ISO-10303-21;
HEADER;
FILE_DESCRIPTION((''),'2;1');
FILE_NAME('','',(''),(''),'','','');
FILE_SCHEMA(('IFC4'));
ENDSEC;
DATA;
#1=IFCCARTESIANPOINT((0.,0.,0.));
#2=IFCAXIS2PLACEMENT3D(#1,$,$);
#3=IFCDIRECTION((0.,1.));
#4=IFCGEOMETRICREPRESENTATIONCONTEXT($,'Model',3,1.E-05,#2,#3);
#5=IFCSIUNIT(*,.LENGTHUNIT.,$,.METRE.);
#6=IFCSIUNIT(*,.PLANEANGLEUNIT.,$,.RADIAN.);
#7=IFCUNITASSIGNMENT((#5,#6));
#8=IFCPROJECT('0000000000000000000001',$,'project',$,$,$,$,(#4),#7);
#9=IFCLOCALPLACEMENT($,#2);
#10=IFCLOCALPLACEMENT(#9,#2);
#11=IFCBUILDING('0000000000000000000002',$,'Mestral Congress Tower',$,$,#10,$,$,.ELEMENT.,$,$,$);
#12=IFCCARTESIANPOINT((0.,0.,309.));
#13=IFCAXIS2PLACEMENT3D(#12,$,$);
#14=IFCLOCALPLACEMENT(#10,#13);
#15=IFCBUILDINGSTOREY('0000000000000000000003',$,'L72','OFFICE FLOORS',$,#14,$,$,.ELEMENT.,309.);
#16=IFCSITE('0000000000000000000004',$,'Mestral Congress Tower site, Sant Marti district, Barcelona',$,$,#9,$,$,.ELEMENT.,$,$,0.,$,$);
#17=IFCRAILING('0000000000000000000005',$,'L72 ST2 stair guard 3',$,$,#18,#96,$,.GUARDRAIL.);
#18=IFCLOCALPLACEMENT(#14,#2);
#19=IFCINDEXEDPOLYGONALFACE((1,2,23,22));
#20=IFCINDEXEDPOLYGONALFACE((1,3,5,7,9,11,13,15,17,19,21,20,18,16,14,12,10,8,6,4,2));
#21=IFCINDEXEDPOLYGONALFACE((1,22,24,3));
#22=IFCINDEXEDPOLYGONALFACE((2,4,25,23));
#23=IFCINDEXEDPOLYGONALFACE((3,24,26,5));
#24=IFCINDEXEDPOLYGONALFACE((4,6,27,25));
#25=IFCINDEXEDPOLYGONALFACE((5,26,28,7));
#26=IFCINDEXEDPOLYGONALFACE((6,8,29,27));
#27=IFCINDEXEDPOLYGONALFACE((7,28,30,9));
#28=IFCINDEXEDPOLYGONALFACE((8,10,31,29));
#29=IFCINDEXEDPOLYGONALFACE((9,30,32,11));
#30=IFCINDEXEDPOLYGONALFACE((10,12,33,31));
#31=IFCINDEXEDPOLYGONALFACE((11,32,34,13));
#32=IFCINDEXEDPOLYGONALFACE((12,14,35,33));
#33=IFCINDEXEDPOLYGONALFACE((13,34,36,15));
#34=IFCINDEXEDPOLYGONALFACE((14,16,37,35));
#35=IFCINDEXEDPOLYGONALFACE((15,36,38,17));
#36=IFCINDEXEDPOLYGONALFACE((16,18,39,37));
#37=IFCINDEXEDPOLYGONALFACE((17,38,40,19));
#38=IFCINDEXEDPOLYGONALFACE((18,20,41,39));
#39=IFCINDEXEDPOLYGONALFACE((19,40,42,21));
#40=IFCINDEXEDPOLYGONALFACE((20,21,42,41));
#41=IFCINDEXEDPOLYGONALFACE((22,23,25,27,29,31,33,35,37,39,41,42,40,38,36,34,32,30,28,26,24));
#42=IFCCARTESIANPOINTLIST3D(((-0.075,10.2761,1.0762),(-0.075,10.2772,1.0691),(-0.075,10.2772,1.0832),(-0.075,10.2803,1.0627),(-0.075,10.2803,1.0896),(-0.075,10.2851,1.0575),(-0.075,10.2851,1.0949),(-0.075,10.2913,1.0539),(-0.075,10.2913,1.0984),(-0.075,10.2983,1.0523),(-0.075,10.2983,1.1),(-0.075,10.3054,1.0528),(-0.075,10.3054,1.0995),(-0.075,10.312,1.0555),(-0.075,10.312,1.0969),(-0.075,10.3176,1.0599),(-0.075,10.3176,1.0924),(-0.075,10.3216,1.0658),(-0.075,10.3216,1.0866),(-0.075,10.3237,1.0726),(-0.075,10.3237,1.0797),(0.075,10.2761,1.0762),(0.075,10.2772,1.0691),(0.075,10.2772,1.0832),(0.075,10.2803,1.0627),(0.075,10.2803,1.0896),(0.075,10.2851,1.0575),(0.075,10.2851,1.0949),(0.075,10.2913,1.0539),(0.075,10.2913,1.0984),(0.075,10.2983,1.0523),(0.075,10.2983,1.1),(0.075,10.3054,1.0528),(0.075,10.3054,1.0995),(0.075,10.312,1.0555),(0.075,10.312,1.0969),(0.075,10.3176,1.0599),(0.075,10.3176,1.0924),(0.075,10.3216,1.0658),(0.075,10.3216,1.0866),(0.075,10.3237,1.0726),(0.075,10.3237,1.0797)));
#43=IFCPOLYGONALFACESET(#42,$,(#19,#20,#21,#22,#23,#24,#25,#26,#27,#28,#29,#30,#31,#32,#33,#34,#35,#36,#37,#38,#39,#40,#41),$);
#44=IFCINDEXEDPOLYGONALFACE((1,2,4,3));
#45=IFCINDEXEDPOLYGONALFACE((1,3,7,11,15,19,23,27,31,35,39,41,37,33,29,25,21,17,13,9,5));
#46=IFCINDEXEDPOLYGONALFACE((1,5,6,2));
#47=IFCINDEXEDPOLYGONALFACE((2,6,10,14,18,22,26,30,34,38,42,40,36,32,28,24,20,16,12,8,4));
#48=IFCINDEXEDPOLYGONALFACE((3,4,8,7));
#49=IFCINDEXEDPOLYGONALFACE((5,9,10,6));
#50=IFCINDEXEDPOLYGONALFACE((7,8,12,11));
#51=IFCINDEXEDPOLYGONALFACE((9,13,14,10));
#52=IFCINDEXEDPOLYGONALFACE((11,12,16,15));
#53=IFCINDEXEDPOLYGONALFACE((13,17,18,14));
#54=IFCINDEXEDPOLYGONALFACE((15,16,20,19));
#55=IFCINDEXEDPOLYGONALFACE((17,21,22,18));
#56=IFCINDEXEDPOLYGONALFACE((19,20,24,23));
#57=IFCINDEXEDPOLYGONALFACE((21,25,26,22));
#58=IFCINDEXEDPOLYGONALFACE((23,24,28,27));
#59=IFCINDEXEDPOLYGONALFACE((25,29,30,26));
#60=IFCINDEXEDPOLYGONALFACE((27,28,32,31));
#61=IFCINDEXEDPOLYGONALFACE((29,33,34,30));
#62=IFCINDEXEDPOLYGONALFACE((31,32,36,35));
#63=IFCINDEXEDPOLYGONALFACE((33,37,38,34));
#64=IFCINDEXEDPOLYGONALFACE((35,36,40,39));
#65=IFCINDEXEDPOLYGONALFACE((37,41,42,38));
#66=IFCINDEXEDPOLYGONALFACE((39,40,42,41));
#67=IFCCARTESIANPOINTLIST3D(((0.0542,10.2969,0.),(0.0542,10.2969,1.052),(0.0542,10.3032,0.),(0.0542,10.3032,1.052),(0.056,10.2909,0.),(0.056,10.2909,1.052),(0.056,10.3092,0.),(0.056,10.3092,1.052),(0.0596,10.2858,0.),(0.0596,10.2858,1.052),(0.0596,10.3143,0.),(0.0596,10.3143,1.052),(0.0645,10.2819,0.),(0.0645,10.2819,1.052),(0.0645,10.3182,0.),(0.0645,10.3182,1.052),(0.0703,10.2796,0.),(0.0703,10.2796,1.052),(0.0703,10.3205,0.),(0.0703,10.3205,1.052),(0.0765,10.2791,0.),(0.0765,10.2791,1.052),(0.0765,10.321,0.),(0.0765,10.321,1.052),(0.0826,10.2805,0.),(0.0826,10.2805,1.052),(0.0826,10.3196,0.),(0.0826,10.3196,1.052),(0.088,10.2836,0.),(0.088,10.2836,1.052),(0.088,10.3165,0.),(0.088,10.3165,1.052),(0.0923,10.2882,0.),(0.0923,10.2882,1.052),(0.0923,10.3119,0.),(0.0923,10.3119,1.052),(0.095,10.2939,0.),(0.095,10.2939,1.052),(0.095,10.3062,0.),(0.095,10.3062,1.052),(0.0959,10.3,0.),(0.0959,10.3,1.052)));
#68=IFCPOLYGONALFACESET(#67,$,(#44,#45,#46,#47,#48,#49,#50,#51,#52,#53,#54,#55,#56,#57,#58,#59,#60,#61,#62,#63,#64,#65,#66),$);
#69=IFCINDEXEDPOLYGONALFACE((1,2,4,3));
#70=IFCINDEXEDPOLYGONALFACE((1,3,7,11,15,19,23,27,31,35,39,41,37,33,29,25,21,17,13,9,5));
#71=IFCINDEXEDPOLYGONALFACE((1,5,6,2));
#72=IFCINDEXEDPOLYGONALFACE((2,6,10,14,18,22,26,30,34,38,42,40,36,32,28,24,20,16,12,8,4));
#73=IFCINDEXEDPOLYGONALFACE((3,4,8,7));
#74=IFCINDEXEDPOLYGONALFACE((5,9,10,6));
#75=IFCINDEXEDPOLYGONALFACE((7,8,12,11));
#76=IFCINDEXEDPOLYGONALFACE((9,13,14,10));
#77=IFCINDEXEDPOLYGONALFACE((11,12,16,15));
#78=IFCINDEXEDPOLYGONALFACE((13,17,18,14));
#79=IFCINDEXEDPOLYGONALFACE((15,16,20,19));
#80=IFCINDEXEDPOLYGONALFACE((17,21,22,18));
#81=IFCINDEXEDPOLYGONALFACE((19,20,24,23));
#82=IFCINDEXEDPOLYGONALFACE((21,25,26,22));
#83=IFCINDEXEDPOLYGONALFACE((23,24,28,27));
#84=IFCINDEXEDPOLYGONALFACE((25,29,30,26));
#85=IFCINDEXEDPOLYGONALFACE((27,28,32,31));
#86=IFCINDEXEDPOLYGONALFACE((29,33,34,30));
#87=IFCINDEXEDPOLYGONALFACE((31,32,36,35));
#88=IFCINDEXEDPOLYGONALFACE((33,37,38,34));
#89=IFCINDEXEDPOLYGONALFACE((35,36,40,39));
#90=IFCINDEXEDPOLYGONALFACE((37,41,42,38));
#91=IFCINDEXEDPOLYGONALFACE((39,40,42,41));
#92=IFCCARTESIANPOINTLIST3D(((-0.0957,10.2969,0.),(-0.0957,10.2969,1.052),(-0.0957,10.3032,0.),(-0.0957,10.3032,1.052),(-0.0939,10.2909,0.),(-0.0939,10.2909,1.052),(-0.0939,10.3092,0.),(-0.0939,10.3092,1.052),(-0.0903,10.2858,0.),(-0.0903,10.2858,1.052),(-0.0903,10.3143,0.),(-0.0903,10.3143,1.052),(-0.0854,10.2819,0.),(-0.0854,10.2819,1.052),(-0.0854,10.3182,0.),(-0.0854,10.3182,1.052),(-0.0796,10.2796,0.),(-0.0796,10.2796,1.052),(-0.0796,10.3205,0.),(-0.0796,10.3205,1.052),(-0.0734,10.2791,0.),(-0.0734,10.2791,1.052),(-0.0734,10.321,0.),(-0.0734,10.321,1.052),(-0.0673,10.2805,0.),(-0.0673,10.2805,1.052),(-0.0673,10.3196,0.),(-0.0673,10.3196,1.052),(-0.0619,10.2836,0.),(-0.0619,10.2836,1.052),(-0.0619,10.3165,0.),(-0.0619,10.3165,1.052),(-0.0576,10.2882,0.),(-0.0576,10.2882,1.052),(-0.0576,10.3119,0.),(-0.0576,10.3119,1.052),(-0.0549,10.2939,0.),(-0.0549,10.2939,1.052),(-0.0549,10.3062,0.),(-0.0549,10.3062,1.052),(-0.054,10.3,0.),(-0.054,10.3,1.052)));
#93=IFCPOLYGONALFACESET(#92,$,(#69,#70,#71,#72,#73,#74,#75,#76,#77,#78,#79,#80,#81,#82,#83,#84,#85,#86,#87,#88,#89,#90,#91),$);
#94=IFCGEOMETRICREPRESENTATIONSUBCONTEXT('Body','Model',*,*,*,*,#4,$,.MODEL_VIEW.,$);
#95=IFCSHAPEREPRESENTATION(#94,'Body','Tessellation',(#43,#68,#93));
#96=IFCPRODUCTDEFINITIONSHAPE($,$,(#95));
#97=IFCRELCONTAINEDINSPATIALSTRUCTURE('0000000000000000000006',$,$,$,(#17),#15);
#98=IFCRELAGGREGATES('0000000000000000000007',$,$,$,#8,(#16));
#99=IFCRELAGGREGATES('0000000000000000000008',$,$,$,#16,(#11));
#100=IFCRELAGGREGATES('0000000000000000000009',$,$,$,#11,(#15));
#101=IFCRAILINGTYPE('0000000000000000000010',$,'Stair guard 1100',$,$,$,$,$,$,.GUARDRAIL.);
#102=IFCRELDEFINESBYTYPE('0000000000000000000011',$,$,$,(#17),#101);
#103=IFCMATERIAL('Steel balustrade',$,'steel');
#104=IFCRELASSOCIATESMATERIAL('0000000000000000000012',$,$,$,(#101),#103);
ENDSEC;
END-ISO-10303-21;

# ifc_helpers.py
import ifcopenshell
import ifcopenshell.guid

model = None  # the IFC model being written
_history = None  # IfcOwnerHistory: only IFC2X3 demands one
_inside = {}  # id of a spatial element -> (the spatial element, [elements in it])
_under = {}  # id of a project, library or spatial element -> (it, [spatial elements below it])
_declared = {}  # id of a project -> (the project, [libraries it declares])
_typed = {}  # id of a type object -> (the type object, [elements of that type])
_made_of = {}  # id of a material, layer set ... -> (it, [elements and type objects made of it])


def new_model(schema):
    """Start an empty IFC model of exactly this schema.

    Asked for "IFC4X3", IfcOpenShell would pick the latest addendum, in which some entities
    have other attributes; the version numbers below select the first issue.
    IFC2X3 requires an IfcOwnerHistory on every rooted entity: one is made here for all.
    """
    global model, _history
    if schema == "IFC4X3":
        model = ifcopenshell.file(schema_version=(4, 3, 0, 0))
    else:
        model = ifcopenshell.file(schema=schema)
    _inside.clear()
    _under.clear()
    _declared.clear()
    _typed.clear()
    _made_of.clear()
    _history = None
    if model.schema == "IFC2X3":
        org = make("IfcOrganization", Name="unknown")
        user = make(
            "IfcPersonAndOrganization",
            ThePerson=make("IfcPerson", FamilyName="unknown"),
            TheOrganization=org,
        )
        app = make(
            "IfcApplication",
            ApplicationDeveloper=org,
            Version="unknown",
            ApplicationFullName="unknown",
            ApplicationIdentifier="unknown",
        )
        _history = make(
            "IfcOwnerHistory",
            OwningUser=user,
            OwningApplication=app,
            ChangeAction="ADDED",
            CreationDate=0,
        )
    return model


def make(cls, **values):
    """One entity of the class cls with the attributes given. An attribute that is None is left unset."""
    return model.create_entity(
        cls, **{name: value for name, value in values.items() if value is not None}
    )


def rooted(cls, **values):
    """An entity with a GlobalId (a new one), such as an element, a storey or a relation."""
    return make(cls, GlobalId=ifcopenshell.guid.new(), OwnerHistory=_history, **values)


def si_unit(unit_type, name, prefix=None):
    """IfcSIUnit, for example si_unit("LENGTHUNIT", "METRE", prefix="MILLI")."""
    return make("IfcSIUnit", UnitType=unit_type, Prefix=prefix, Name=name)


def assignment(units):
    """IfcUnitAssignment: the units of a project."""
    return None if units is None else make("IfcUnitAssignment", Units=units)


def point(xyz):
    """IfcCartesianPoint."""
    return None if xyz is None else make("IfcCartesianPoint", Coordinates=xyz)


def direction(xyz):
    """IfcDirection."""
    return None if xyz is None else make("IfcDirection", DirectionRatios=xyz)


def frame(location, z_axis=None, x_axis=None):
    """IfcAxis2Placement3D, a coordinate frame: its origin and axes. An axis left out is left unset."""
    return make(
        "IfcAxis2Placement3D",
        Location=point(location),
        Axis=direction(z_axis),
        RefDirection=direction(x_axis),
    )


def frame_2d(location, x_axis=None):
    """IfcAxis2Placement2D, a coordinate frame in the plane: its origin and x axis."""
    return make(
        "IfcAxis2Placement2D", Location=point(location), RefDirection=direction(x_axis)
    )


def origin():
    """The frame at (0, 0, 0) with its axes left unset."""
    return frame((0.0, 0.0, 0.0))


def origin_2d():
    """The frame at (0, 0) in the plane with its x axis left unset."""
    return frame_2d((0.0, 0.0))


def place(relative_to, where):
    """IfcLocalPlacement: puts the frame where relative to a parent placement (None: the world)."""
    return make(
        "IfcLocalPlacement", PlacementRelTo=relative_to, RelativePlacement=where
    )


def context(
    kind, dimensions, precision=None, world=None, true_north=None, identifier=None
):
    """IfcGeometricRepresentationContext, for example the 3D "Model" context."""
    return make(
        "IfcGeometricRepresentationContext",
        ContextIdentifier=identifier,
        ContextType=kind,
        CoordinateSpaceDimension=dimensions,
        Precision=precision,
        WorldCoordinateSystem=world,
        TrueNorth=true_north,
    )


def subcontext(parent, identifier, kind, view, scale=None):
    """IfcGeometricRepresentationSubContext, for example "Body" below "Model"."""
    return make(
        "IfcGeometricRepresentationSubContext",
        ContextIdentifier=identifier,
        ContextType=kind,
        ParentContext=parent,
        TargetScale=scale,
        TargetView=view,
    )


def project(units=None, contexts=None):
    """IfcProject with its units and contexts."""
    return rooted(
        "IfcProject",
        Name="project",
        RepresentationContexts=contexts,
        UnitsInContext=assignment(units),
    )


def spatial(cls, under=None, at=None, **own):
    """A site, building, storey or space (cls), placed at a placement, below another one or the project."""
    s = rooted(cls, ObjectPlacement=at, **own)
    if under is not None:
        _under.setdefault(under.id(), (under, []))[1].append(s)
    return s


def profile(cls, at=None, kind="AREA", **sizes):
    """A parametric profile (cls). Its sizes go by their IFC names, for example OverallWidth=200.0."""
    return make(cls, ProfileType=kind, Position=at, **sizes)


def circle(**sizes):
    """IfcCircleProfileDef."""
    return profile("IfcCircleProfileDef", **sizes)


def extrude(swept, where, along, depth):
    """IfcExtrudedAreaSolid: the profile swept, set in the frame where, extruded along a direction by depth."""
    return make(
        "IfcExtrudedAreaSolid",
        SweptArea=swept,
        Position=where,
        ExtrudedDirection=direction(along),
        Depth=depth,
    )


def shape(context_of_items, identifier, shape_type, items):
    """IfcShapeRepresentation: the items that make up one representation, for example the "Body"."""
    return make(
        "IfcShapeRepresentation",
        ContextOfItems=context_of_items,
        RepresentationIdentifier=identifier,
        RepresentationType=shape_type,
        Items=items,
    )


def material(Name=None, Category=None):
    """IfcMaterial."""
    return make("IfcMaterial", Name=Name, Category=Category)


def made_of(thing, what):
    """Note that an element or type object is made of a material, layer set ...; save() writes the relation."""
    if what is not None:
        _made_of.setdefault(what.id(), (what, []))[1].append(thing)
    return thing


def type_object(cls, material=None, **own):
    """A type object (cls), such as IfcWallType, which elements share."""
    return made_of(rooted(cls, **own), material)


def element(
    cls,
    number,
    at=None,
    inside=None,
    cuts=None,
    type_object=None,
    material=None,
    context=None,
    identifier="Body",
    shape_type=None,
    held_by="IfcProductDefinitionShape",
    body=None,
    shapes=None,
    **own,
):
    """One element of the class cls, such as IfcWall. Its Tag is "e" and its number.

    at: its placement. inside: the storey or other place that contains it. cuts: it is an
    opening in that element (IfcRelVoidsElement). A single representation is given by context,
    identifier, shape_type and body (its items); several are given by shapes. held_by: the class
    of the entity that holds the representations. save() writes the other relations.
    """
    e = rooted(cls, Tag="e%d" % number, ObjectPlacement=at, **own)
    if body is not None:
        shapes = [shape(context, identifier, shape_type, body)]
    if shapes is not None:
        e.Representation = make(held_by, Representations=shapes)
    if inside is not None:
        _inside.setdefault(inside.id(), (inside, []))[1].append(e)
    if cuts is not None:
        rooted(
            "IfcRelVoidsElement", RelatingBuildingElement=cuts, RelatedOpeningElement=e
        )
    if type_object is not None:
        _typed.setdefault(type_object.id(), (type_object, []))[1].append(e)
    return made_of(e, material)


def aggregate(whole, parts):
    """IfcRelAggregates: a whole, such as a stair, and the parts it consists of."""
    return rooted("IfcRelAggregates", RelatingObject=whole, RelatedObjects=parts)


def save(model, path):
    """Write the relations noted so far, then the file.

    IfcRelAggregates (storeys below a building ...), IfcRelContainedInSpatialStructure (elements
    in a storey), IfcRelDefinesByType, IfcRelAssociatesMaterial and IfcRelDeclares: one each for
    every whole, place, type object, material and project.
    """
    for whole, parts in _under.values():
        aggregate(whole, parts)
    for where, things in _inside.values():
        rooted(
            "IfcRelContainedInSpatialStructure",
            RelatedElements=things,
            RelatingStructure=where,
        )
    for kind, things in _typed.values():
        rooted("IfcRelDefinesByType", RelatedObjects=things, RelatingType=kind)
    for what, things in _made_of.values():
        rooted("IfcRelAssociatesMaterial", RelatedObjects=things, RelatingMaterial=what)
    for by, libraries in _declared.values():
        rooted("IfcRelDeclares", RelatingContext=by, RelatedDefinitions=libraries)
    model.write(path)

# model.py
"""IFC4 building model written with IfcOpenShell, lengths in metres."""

from ifc_helpers import new_model, si_unit, direction, frame, origin, origin_2d, place, context, subcontext, project, spatial, circle, extrude, material, type_object, element, save


model = new_model("IFC4")

# Units and contexts
model_context = context("Model", 3, precision=1e-05, world=origin(), true_north=direction((0.0, 1.0)))
body_context = subcontext(model_context, "Body", "Model", "MODEL_VIEW")
ifc_project = project(units=[si_unit("LENGTHUNIT", "METRE"), si_unit("PLANEANGLEUNIT", "RADIAN")], contexts=[model_context])

# Site, building, storey
site_placement = place(None, origin())
site = spatial("IfcSite", under=ifc_project, at=site_placement, Name="Mestral Congress Tower site, Sant Marti district, Barcelona", CompositionType="ELEMENT", RefElevation=0.0)
building_placement = place(site_placement, origin())
building = spatial("IfcBuilding", under=site, at=building_placement, Name="Mestral Congress Tower", CompositionType="ELEMENT")
storey_placement = place(building_placement, frame((0.0, 0.0, 309.0)))
storey = spatial("IfcBuildingStorey", under=building, at=storey_placement, Name="L72", Description="OFFICE FLOORS", CompositionType="ELEMENT", Elevation=309.0)

# Railing
ifc_material_1 = material(Name="Steel balustrade", Category="steel")
railing_type_1 = type_object("IfcRailingType", Name="Stair guard 1100", PredefinedType="GUARDRAIL", material=ifc_material_1)
railing_1_placement = place(storey_placement, frame((0.075, 10.3, 0.0)))
element("IfcRailing", 1, at=railing_1_placement, inside=storey, type_object=railing_type_1, Name="L72 ST2 stair guard 3", PredefinedType="GUARDRAIL", context=body_context, shape_type="SweptSolid", body=[
    extrude(circle(Radius=0.0239, at=origin_2d()), frame((0.0, 0.0, 1.0762), z_axis=(-1.0, 0.0, 0.0), x_axis=(0.0, -1.0, 0.0)), (0.0, 0.0, 1.0), 0.1499),
    extrude(circle(Radius=0.021, at=origin_2d()), origin(), (0.0, 0.0, 1.0), 1.052),
    extrude(circle(Radius=0.021, at=origin_2d()), frame((-0.1499, 0.0, 0.0)), (0.0, 0.0, 1.0), 1.052),
])

save(model, "model.ifc")
